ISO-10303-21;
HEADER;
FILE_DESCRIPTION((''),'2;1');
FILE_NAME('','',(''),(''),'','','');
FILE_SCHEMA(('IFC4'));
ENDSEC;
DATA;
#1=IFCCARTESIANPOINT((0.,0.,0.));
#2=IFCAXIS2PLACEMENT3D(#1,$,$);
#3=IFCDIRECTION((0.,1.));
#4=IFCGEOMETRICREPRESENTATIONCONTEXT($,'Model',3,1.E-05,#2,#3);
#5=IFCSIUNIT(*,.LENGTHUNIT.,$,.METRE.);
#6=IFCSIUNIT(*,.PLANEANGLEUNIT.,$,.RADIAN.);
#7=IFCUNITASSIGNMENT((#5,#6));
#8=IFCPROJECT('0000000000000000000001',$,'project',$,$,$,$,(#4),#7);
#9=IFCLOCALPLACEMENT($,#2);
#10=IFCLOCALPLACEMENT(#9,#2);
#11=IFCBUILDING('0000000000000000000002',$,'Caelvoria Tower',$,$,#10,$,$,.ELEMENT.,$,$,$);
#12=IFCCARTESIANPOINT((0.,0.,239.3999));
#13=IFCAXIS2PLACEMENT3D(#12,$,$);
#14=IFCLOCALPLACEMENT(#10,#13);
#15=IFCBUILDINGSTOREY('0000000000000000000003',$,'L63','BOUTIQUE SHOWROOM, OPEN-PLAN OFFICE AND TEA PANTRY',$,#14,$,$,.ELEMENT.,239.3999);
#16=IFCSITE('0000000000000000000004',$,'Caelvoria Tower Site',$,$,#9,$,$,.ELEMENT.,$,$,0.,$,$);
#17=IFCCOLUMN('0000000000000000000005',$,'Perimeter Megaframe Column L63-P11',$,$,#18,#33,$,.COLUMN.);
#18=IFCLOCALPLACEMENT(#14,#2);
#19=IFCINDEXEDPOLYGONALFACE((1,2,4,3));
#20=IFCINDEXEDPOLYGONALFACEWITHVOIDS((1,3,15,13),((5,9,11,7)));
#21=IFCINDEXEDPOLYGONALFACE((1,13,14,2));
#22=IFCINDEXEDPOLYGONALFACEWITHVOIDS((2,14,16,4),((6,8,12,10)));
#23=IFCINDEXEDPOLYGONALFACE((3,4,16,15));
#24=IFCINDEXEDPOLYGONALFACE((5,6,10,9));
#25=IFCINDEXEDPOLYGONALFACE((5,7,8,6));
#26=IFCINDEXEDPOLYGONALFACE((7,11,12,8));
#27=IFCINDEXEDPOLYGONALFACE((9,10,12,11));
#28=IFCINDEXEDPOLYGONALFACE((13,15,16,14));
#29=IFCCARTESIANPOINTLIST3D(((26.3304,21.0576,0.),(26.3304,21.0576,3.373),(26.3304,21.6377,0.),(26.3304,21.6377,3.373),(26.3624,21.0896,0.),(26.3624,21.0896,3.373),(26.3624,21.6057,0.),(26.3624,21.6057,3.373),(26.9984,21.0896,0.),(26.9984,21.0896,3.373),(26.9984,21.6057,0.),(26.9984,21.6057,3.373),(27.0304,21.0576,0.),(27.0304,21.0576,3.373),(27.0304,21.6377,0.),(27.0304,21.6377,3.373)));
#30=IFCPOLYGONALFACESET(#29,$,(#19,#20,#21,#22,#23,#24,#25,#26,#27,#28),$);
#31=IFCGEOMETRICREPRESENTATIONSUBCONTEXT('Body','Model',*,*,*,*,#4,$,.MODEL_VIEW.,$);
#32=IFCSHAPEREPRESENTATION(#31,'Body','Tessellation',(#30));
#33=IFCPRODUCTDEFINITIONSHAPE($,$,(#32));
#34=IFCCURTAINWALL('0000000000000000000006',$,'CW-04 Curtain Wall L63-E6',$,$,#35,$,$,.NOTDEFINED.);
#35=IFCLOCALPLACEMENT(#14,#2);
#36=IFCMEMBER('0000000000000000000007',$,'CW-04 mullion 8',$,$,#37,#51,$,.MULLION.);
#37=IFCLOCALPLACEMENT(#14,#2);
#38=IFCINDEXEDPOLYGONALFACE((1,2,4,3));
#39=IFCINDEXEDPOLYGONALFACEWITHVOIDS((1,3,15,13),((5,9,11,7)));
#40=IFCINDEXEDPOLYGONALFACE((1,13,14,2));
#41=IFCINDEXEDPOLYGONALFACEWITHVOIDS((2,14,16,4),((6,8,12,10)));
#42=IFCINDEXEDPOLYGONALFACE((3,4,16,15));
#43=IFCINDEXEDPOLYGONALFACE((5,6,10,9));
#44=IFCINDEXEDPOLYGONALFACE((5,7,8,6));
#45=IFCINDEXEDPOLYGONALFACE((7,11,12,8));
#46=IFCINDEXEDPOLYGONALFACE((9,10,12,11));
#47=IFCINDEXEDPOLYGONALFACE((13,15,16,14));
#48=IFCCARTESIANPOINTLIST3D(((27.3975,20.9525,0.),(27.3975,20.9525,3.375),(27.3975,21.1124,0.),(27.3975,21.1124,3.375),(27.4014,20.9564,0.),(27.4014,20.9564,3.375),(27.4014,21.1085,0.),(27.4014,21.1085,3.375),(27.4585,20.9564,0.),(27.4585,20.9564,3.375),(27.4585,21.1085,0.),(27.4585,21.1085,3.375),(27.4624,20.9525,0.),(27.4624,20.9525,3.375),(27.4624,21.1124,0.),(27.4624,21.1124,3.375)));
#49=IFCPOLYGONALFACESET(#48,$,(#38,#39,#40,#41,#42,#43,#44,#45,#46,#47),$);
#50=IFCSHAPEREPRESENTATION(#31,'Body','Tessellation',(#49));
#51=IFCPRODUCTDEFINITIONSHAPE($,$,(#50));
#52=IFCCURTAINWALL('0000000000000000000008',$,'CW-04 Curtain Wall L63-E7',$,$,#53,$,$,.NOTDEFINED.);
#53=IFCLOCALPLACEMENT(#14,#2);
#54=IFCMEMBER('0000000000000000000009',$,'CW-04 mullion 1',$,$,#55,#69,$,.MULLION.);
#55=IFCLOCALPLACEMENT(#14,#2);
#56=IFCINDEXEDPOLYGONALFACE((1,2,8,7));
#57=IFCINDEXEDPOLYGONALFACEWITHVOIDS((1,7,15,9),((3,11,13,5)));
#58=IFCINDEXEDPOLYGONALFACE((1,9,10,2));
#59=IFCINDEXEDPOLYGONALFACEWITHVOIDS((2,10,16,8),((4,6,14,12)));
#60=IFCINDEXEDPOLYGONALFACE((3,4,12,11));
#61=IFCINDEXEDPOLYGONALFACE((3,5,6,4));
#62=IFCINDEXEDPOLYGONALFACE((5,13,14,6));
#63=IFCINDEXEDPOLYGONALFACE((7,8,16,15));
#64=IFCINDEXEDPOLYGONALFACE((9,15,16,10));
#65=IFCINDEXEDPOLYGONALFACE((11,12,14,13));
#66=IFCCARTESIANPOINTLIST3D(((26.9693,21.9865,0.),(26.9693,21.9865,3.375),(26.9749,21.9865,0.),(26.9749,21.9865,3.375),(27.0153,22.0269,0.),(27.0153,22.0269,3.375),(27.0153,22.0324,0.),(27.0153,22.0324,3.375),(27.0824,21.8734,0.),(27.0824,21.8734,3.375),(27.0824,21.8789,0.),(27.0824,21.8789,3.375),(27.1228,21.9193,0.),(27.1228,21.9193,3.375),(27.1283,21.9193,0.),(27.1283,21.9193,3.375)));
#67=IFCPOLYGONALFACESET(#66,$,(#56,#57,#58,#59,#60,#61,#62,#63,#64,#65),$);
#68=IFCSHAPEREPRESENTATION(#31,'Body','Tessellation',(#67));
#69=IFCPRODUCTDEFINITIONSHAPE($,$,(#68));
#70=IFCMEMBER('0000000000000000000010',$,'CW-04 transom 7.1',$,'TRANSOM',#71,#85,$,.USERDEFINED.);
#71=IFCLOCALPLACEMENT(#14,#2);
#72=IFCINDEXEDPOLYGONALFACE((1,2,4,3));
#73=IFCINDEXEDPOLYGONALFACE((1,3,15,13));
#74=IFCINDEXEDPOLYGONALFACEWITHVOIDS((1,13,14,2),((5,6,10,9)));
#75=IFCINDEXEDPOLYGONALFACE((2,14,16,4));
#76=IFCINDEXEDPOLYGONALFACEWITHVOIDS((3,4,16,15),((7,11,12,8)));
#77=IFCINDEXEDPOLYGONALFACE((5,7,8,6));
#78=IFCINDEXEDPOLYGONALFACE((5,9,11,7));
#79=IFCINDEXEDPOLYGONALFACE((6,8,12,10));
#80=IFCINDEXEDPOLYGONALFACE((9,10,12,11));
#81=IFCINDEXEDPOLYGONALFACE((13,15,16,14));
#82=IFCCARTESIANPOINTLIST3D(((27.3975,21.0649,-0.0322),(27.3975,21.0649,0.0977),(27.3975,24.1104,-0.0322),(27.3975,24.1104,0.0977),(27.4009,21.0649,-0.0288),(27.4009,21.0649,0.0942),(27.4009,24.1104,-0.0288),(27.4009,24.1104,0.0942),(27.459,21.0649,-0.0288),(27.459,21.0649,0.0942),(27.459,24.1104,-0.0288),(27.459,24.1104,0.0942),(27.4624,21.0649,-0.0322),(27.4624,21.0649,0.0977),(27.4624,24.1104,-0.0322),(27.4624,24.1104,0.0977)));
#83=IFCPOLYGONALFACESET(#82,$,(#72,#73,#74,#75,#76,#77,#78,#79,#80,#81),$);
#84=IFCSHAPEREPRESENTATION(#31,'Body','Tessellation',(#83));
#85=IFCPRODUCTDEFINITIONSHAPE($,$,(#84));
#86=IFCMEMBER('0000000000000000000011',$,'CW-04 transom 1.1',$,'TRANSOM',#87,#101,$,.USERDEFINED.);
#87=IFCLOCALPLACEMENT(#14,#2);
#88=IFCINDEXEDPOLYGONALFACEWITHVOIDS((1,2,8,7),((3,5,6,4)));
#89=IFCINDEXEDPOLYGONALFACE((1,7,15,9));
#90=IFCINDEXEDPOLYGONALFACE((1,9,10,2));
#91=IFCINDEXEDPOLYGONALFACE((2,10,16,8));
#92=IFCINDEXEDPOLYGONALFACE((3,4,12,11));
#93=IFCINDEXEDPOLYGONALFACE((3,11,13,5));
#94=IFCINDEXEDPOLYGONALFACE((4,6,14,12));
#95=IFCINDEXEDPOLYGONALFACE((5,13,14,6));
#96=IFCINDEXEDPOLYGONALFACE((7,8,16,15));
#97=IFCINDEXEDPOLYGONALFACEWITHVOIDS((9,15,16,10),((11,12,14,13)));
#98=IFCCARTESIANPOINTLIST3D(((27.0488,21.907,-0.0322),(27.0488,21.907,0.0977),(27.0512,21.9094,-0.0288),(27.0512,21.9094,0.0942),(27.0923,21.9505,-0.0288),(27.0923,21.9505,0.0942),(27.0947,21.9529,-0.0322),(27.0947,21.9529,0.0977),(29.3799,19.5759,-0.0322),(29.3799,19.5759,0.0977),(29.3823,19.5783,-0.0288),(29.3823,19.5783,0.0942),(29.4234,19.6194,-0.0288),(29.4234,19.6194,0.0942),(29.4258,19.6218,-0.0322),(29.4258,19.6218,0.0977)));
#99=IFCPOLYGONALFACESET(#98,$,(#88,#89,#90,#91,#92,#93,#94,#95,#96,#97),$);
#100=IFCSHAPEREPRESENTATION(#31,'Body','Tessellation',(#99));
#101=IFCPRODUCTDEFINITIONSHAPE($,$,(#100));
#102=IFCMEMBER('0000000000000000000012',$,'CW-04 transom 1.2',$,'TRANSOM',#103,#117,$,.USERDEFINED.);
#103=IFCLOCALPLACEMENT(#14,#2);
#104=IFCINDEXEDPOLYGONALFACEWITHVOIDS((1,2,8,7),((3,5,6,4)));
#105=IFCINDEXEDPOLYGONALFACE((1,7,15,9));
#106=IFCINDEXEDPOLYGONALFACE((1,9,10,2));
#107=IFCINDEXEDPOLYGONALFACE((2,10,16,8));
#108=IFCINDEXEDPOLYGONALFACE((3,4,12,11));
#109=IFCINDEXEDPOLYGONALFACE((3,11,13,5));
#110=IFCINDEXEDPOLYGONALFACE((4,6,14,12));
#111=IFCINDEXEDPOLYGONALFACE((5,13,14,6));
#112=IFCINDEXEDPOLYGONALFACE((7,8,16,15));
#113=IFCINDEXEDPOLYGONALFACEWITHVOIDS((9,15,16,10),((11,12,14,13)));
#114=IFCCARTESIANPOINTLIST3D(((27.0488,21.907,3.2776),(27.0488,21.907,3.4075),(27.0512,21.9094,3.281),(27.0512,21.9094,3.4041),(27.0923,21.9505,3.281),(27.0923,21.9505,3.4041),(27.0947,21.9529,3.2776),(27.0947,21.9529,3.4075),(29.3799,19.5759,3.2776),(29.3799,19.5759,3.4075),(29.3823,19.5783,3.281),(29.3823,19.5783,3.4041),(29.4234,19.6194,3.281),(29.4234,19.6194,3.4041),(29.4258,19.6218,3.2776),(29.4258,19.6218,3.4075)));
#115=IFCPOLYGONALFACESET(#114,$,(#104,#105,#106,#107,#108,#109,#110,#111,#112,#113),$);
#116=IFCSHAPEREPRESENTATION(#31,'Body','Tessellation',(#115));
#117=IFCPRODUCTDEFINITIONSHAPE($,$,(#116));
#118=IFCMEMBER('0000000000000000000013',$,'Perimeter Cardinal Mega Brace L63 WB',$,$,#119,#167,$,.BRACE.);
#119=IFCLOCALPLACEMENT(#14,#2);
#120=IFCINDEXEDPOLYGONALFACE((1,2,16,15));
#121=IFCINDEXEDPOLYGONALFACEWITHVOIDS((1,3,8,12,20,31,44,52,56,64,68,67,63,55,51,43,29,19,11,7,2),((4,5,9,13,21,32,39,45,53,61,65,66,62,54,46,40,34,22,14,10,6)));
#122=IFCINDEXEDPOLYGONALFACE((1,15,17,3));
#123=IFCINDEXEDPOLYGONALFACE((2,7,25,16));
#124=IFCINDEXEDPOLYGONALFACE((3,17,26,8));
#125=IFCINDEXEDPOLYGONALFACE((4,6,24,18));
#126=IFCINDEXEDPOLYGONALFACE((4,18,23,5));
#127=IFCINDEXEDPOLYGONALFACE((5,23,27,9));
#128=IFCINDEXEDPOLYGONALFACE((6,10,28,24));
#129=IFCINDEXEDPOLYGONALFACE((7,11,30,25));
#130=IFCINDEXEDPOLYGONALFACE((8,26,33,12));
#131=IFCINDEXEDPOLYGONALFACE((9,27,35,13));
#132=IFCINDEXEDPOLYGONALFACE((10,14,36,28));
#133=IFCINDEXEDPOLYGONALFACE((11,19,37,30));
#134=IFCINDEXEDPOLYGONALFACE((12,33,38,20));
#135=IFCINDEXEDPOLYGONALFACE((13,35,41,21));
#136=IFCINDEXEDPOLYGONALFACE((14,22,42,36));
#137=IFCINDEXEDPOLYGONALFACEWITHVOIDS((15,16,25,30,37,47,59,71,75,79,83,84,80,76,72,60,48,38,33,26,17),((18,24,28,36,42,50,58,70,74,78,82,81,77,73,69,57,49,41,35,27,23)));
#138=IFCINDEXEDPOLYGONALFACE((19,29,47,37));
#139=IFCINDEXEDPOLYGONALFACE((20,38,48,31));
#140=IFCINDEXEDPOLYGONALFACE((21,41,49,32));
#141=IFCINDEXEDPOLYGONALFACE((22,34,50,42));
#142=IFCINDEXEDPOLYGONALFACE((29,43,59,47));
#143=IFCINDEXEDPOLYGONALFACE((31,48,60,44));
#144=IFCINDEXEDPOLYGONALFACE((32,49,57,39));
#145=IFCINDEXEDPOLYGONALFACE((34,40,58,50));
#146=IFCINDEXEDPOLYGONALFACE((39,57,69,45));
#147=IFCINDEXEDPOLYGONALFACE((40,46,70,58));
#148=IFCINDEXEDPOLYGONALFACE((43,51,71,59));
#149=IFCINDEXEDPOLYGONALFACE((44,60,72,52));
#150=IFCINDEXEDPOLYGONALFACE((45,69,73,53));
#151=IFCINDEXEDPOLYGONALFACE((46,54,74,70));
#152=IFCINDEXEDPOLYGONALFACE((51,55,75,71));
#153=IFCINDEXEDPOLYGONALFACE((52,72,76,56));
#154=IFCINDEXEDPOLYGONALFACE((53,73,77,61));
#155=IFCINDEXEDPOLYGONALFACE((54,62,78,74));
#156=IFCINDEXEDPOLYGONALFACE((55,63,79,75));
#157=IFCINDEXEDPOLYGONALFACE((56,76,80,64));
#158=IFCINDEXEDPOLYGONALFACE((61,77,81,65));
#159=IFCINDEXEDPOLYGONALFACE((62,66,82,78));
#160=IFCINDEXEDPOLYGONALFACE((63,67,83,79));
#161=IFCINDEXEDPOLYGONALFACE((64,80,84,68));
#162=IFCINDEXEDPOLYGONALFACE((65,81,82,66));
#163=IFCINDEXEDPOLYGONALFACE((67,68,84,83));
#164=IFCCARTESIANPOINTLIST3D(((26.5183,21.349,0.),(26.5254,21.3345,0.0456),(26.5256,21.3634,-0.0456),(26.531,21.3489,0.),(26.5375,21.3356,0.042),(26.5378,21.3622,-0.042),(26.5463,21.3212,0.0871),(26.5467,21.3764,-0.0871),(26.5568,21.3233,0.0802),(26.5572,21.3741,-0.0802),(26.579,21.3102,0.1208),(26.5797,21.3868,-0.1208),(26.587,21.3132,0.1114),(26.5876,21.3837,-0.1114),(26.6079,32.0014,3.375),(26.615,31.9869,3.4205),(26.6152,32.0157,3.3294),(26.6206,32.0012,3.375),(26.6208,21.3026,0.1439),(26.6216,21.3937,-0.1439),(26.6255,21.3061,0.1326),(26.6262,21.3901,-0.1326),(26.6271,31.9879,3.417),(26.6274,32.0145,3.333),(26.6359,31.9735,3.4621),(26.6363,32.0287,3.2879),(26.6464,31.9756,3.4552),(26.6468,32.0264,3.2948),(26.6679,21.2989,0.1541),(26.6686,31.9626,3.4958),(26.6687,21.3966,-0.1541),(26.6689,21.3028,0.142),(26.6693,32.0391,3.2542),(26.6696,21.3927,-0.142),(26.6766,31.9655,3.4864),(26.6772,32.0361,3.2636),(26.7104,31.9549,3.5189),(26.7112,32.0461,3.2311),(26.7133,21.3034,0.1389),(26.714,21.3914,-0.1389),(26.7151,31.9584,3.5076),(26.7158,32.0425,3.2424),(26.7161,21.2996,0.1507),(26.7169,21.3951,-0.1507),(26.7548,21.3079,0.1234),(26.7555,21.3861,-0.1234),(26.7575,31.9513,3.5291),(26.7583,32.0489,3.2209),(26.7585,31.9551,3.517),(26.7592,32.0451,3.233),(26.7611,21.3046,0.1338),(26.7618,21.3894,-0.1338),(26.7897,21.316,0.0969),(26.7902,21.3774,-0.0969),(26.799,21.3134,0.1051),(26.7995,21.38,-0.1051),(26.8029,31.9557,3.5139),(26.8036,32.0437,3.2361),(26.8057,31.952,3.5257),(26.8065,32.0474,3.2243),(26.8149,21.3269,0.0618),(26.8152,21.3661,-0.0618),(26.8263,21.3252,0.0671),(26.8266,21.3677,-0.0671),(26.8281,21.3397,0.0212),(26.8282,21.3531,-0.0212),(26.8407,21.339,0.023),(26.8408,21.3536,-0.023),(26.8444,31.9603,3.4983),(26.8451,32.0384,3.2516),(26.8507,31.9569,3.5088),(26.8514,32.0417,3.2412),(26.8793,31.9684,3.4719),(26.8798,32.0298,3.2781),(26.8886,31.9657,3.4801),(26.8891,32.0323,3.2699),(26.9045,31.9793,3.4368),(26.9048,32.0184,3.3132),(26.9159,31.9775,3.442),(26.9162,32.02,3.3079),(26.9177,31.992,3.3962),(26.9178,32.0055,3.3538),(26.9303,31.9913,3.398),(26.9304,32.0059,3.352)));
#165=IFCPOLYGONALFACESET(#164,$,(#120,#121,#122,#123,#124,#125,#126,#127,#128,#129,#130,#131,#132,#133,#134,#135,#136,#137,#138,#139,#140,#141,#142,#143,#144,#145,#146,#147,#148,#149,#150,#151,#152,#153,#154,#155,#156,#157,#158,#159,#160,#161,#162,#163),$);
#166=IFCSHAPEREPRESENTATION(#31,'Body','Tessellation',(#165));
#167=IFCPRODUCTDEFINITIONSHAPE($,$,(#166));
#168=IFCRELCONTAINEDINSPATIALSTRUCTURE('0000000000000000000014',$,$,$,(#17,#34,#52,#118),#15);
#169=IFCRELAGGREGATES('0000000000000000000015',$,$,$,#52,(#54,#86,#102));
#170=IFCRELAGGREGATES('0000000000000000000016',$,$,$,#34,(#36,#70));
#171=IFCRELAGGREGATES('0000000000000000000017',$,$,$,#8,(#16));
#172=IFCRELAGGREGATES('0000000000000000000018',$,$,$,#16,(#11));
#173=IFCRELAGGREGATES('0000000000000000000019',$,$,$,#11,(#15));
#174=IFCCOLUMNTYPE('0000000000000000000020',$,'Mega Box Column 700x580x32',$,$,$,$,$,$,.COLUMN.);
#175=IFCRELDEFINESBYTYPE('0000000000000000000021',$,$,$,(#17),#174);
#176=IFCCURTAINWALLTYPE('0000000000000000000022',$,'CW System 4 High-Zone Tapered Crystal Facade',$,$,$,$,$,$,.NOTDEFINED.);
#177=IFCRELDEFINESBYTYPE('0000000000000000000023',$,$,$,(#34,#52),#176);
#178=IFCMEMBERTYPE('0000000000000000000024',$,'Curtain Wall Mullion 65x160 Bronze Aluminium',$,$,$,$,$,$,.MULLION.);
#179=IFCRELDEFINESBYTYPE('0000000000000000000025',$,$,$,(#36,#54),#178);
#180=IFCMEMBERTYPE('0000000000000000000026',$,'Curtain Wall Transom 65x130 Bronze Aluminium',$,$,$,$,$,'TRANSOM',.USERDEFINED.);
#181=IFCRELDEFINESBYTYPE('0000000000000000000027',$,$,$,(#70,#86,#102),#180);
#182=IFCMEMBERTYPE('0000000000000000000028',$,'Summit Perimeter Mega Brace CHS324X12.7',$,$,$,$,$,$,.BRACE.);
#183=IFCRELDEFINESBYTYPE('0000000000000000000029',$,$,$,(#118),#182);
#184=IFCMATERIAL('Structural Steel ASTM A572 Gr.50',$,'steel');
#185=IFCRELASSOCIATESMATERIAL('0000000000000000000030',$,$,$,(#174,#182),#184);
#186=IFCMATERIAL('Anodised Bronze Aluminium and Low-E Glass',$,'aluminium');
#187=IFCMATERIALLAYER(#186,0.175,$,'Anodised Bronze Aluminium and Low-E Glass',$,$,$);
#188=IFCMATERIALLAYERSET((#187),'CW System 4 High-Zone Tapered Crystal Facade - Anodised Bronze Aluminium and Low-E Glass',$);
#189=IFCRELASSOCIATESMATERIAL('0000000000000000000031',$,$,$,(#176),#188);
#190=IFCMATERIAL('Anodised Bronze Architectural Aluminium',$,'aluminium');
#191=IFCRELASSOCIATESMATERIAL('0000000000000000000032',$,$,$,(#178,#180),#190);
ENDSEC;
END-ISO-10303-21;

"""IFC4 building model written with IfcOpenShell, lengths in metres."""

from ifc_helpers import new_model, si_unit, direction, frame, origin, origin_2d, place, context, subcontext, project, spatial, hollow_rectangle, hollow_circle, extrude, material, layer, layer_set, material_profile, profile_set, type_object, element, aggregate, save


model = new_model("IFC4")

# Units and contexts
model_context = context("Model", 3, precision=1e-05, world=origin(), true_north=direction((0.0, 1.0)))
body_context = subcontext(model_context, "Body", "Model", "MODEL_VIEW")
ifc_project = project(units=[si_unit("LENGTHUNIT", "METRE"), si_unit("PLANEANGLEUNIT", "RADIAN")], contexts=[model_context])

# Site, building, storey
site_placement = place(None, origin())
site = spatial("IfcSite", under=ifc_project, at=site_placement, Name="Caelvoria Tower Site", CompositionType="ELEMENT", RefElevation=0.0)
building_placement = place(site_placement, origin())
building = spatial("IfcBuilding", under=site, at=building_placement, Name="Caelvoria Tower", CompositionType="ELEMENT")
storey_placement = place(building_placement, frame((0.0, 0.0, 239.3999)))
storey = spatial("IfcBuildingStorey", under=building, at=storey_placement, Name="L63", Description="BOUTIQUE SHOWROOM, OPEN-PLAN OFFICE AND TEA PANTRY", CompositionType="ELEMENT", Elevation=239.3999)

# Column
ifc_material_1 = material(Name="Structural Steel ASTM A572 Gr.50", Category="steel")
ifc_material_profile_1 = material_profile(ifc_material_1, hollow_rectangle(XDim=0.5801, YDim=0.7, WallThickness=0.032, at=origin_2d()), Name="Structural Steel ASTM A572 Gr.50")
ifc_profile_set_1 = profile_set([ifc_material_profile_1], Name="BOX700X580X32 - Structural Steel ASTM A572 Gr.50")
column_type = type_object("IfcColumnType", Name="Mega Box Column 700x580x32", PredefinedType="COLUMN", material=ifc_profile_set_1)
column_placement = place(storey_placement, frame((26.6804, 21.3477, 0.0), z_axis=(0.0, 0.0, 1.0), x_axis=(0.0, 1.0, 0.0)))
element("IfcColumn", 1, at=column_placement, inside=storey, type_object=column_type, Name="Perimeter Megaframe Column L63-P11", PredefinedType="COLUMN", context=body_context, shape_type="SweptSolid", body=[
    extrude(hollow_rectangle(XDim=0.5801, YDim=0.7, WallThickness=0.032, at=origin_2d()), origin(), (0.0, 0.0, 1.0), 3.373),
])

# Curtain walls, members
ifc_material_2 = material(Name="Anodised Bronze Aluminium and Low-E Glass", Category="aluminium")
ifc_layer_1 = layer(ifc_material_2, 0.175, Name="Anodised Bronze Aluminium and Low-E Glass")
ifc_layer_set_1 = layer_set([ifc_layer_1], Name="CW System 4 High-Zone Tapered Crystal Facade - Anodised Bronze Aluminium and Low-E Glass")
curtain_wall_type = type_object("IfcCurtainWallType", Name="CW System 4 High-Zone Tapered Crystal Facade", PredefinedType="NOTDEFINED", material=ifc_layer_set_1)
curtain_wall_1_placement = place(storey_placement, origin())
curtain_wall_1 = element("IfcCurtainWall", 2, at=curtain_wall_1_placement, inside=storey, type_object=curtain_wall_type, Name="CW-04 Curtain Wall L63-E6", PredefinedType="NOTDEFINED")
ifc_material_3 = material(Name="Anodised Bronze Architectural Aluminium", Category="aluminium")
ifc_material_profile_2 = material_profile(ifc_material_3, hollow_rectangle(XDim=0.0649, YDim=0.1599, WallThickness=0.0039, at=origin_2d()), Name="Anodised Bronze Architectural Aluminium")
ifc_profile_set_2 = profile_set([ifc_material_profile_2], Name="CW_MULL_65X160 - Anodised Bronze Architectural Aluminium")
member_type_1 = type_object("IfcMemberType", Name="Curtain Wall Mullion 65x160 Bronze Aluminium", PredefinedType="MULLION", material=ifc_profile_set_2)
member_1_placement = place(storey_placement, frame((27.4299, 21.0325, 0.0), z_axis=(0.0, 0.0, 1.0), x_axis=(1.0, 0.0, 0.0)))
member_1 = element("IfcMember", 3, at=member_1_placement, type_object=member_type_1, Name="CW-04 mullion 8", PredefinedType="MULLION", context=body_context, shape_type="SweptSolid", body=[
    extrude(hollow_rectangle(XDim=0.0649, YDim=0.1599, WallThickness=0.0039, at=origin_2d()), origin(), (0.0, 0.0, 1.0), 3.375),
])
curtain_wall_2_placement = place(storey_placement, origin())
curtain_wall_2 = element("IfcCurtainWall", 4, at=curtain_wall_2_placement, inside=storey, type_object=curtain_wall_type, Name="CW-04 Curtain Wall L63-E7", PredefinedType="NOTDEFINED")
member_2_placement = place(storey_placement, frame((27.0488, 21.9529, 0.0), z_axis=(0.0, 0.0, 1.0), x_axis=(0.707107, 0.707107, 0.0)))
member_2 = element("IfcMember", 5, at=member_2_placement, type_object=member_type_1, Name="CW-04 mullion 1", PredefinedType="MULLION", context=body_context, shape_type="SweptSolid", body=[
    extrude(hollow_rectangle(XDim=0.0649, YDim=0.1599, WallThickness=0.0039, at=origin_2d()), origin(), (0.0, 0.0, 1.0), 3.375),
])

# Members
ifc_material_profile_3 = material_profile(ifc_material_3, hollow_rectangle(XDim=0.0649, YDim=0.1299, WallThickness=0.0034, at=origin_2d()), Name="Anodised Bronze Architectural Aluminium")
ifc_profile_set_3 = profile_set([ifc_material_profile_3], Name="CW_TRAN_65X130 - Anodised Bronze Architectural Aluminium")
member_type_2 = type_object("IfcMemberType", Name="Curtain Wall Transom 65x130 Bronze Aluminium", ElementType="TRANSOM", PredefinedType="USERDEFINED", material=ifc_profile_set_3)
member_3_placement = place(storey_placement, frame((27.4299, 24.1104, 0.0327), z_axis=(0.0, -1.0, 0.0), x_axis=(1.0, 0.0, 0.0)))
member_3 = element("IfcMember", 6, at=member_3_placement, type_object=member_type_2, Name="CW-04 transom 7.1", ObjectType="TRANSOM", PredefinedType="USERDEFINED", context=body_context, shape_type="SweptSolid", body=[
    extrude(hollow_rectangle(XDim=0.0649, YDim=0.1299, WallThickness=0.0034, at=origin_2d()), origin(), (0.0, 0.0, 1.0), 3.0454),
])
member_4_placement = place(storey_placement, frame((27.0718, 21.9299, 0.0327), z_axis=(0.707107, -0.707107, 0.0), x_axis=(0.707107, 0.707107, 0.0)))
member_4 = element("IfcMember", 7, at=member_4_placement, type_object=member_type_2, Name="CW-04 transom 1.1", ObjectType="TRANSOM", PredefinedType="USERDEFINED", context=body_context, shape_type="SweptSolid", body=[
    extrude(hollow_rectangle(XDim=0.0649, YDim=0.1299, WallThickness=0.0034, at=origin_2d()), origin(), (0.0, 0.0, 1.0), 3.2966),
])
member_5_placement = place(storey_placement, frame((27.0718, 21.9299, 3.3425), z_axis=(0.707107, -0.707107, 0.0), x_axis=(0.707107, 0.707107, 0.0)))
member_5 = element("IfcMember", 8, at=member_5_placement, type_object=member_type_2, Name="CW-04 transom 1.2", ObjectType="TRANSOM", PredefinedType="USERDEFINED", context=body_context, shape_type="SweptSolid", body=[
    extrude(hollow_rectangle(XDim=0.0649, YDim=0.1299, WallThickness=0.0034, at=origin_2d()), origin(), (0.0, 0.0, 1.0), 3.2966),
])
aggregate(curtain_wall_2, [member_2, member_4, member_5])
ifc_material_profile_4 = material_profile(ifc_material_1, hollow_circle(Radius=0.1621, WallThickness=0.0127, at=origin_2d()), Name="Structural Steel ASTM A572 Gr.50")
ifc_profile_set_4 = profile_set([ifc_material_profile_4], Name="CHS324X12.7 - Structural Steel ASTM A572 Gr.50")
member_type_3 = type_object("IfcMemberType", Name="Summit Perimeter Mega Brace CHS324X12.7", PredefinedType="BRACE", material=ifc_profile_set_4)
member_6_placement = place(storey_placement, frame((26.6804, 21.3477, 0.0), z_axis=(0.008018, 0.953266, 0.302025), x_axis=(-0.999965, 0.008411, 0.0)))
element("IfcMember", 9, at=member_6_placement, inside=storey, type_object=member_type_3, Name="Perimeter Cardinal Mega Brace L63 WB", PredefinedType="BRACE", context=body_context, shape_type="SweptSolid", body=[
    extrude(hollow_circle(Radius=0.1621, WallThickness=0.0127, at=origin_2d()), origin(), (0.0, 0.0, 1.0), 11.1746),
])

aggregate(curtain_wall_1, [member_1, member_3])

save(model, "model.ifc")
